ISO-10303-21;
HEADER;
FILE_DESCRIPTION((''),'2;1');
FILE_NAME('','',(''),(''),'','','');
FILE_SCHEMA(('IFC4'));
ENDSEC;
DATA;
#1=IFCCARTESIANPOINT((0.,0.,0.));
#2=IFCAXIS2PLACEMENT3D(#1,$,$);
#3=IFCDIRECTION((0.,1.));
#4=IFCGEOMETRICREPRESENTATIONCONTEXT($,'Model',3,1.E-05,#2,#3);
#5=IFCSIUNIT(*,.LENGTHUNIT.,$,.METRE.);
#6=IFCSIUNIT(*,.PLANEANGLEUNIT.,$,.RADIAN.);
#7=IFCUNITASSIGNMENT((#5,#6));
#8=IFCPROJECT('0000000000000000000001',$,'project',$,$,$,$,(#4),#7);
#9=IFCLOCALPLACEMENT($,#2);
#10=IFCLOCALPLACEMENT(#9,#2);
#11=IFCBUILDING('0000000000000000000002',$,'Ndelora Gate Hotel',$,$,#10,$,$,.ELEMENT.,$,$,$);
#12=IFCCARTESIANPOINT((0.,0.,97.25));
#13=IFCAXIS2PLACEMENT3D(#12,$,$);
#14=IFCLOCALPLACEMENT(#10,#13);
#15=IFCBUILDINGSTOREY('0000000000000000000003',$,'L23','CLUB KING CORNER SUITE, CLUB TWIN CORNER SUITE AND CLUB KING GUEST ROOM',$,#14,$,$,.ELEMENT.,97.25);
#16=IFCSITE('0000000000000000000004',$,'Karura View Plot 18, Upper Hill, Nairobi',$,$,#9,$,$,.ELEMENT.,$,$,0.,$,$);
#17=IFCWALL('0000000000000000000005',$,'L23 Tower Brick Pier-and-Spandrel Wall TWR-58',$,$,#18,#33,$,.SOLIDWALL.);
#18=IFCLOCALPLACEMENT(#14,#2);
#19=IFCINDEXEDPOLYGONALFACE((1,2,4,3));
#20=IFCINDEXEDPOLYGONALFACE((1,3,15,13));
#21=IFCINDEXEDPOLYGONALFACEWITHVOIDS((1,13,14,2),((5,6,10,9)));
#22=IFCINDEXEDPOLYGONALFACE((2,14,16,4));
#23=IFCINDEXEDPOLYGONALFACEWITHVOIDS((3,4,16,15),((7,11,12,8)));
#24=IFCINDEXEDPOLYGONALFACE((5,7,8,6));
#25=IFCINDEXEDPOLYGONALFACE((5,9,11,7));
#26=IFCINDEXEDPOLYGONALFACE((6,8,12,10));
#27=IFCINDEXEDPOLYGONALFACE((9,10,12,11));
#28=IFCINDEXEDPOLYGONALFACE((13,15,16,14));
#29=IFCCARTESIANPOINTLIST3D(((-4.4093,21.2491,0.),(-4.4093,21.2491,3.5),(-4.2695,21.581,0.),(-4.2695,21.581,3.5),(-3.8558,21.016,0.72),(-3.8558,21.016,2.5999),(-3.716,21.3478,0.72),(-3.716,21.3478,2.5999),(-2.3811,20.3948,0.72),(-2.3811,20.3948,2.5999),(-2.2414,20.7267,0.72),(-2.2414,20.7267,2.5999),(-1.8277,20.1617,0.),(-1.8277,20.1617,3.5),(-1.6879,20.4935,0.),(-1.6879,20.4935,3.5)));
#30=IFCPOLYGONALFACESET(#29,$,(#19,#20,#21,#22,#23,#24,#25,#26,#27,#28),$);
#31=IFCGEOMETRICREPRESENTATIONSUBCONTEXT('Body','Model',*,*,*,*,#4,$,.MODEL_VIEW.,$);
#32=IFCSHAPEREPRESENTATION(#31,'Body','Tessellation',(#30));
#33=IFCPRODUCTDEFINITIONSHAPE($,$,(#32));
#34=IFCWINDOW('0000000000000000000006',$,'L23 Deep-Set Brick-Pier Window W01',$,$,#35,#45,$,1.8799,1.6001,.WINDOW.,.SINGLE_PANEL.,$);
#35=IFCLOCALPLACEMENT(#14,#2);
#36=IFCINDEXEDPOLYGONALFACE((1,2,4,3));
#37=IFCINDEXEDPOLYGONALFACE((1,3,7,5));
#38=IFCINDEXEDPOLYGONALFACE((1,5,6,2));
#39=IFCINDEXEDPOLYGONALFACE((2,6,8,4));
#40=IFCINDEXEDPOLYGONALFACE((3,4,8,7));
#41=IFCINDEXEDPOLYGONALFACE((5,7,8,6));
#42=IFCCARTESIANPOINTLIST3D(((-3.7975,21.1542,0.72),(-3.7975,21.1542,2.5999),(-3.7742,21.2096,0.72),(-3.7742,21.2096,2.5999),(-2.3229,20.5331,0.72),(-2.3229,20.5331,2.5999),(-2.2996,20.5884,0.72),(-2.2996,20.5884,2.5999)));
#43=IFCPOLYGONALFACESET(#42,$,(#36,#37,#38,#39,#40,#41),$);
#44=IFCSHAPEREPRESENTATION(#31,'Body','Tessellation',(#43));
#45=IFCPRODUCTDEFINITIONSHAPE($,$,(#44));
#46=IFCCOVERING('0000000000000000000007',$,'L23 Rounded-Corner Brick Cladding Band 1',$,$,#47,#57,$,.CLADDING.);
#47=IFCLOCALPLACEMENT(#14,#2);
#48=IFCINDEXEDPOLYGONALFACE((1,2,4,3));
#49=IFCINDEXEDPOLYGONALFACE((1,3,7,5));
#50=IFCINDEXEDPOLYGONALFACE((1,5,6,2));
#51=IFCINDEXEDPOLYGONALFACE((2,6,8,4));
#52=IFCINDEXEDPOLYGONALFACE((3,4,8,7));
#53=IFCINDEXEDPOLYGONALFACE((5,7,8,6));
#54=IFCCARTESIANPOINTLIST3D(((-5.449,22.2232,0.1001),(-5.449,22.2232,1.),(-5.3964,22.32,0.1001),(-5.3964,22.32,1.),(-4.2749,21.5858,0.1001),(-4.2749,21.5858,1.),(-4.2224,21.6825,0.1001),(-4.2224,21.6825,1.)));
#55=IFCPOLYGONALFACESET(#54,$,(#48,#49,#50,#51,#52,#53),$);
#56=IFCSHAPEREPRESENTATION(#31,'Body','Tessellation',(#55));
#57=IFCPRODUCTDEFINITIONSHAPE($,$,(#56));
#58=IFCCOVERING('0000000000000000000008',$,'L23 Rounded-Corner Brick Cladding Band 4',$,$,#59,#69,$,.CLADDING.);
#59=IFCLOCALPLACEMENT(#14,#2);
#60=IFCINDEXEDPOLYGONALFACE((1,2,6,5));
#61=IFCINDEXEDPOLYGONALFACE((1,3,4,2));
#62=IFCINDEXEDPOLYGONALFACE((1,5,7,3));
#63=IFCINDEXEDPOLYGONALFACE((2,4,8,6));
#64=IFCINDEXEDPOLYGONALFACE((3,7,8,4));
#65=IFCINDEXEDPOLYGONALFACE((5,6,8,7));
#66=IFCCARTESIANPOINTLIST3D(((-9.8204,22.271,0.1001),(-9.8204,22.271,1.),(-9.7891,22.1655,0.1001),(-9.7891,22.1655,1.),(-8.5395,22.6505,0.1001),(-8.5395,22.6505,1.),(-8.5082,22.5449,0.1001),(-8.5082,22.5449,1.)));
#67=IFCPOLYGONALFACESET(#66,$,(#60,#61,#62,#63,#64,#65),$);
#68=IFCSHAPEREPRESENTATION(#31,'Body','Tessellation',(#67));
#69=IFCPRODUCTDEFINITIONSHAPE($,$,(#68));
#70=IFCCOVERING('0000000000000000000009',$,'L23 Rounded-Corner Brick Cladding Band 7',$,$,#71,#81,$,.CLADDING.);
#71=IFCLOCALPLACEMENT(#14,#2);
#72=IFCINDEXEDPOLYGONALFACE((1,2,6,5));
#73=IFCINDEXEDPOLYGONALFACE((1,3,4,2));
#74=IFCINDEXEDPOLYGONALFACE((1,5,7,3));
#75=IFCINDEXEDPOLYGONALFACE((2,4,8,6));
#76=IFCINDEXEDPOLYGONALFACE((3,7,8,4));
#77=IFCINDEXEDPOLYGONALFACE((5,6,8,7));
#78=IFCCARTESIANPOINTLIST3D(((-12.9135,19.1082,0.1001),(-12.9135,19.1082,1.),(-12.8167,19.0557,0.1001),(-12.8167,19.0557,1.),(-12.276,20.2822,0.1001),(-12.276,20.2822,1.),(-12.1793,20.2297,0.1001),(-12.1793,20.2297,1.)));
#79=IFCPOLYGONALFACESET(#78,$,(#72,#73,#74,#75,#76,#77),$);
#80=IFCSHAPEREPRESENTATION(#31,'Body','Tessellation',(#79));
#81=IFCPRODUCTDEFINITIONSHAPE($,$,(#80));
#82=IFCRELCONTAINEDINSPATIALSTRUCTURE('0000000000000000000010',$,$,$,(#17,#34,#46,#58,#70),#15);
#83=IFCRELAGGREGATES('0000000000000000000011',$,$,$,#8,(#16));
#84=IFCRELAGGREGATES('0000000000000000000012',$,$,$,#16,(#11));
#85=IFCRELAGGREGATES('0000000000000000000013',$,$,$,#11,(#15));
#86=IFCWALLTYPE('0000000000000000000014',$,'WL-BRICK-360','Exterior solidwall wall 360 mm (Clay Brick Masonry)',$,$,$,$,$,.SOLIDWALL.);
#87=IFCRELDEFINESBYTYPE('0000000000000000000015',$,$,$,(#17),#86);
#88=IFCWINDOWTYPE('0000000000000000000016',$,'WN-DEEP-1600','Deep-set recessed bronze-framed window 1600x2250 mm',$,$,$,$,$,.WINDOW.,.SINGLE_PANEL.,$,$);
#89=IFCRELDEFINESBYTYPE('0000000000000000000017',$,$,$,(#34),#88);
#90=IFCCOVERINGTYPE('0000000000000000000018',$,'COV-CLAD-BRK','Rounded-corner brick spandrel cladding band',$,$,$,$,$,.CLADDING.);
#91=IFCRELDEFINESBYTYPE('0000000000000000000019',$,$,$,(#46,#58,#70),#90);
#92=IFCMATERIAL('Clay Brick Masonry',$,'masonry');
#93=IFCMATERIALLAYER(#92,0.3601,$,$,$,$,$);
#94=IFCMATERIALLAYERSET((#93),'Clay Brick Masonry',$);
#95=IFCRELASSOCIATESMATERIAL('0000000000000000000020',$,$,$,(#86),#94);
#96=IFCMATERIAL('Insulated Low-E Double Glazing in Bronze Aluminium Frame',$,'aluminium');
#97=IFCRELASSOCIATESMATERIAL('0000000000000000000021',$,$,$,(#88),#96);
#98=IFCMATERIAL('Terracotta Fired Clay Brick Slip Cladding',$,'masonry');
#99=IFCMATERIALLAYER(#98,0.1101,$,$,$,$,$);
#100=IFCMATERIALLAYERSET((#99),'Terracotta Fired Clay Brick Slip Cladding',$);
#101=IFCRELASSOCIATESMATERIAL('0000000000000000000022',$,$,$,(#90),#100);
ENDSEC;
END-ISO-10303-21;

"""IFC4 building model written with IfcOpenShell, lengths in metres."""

from ifc_helpers import new_model, si_unit, direction, frame, frame_2d, origin, origin_2d, place, context, subcontext, project, spatial, rectangle, extrude, material, layer, layer_set, type_object, element, fill, save


model = new_model("IFC4")

# Units and contexts
model_context = context("Model", 3, precision=1e-05, world=origin(), true_north=direction((0.0, 1.0)))
body_context = subcontext(model_context, "Body", "Model", "MODEL_VIEW")
ifc_project = project(units=[si_unit("LENGTHUNIT", "METRE"), si_unit("PLANEANGLEUNIT", "RADIAN")], contexts=[model_context])

# Site, building, storey
site_placement = place(None, origin())
site = spatial("IfcSite", under=ifc_project, at=site_placement, Name="Karura View Plot 18, Upper Hill, Nairobi", CompositionType="ELEMENT", RefElevation=0.0)
building_placement = place(site_placement, origin())
building = spatial("IfcBuilding", under=site, at=building_placement, Name="Ndelora Gate Hotel", CompositionType="ELEMENT")
storey_placement = place(building_placement, frame((0.0, 0.0, 97.25)))
storey = spatial("IfcBuildingStorey", under=building, at=storey_placement, Name="L23", Description="CLUB KING CORNER SUITE, CLUB TWIN CORNER SUITE AND CLUB KING GUEST ROOM", CompositionType="ELEMENT", Elevation=97.25)

# Shared definitions
ifc_material_1 = material(Name="Clay Brick Masonry", Category="masonry")
ifc_layer_1 = layer(ifc_material_1, 0.3601)
ifc_layer_set_1 = layer_set([ifc_layer_1], Name="Clay Brick Masonry")
wall_type = type_object("IfcWallType", Name="WL-BRICK-360", Description="Exterior solidwall wall 360 mm (Clay Brick Masonry)", PredefinedType="SOLIDWALL", material=ifc_layer_set_1)

# Wall, opening, window
wall_1_placement = place(storey_placement, frame((-4.3394, 21.415, 0.0), z_axis=(0.0, 0.0, 1.0), x_axis=(0.92158, -0.388189, 0.0)))
wall_1 = element("IfcWall", 1, at=wall_1_placement, inside=storey, type_object=wall_type, Name="L23 Tower Brick Pier-and-Spandrel Wall TWR-58", PredefinedType="SOLIDWALL", context=body_context, shape_type="SweptSolid", body=[
    extrude(rectangle(XDim=2.8013, YDim=0.3601, at=frame_2d((1.4006, 0.0))), origin(), (0.0, 0.0, 1.0), 3.5),
])
opening_placement = place(wall_1_placement, frame((0.6006, 0.0, 0.72)))
opening = element("IfcOpeningElement", 2, at=opening_placement, cuts=wall_1, PredefinedType="OPENING", context=body_context, shape_type="SweptSolid", body=[
    extrude(rectangle(XDim=1.6001, YDim=1.8799, at=frame_2d((0.8, 0.9399))), frame((0.0, 0.1899, 0.0), z_axis=(0.0, -1.0, 0.0), x_axis=(1.0, 0.0, 0.0)), (0.0, 0.0, 1.0), 0.3801),
])
ifc_material_2 = material(Name="Insulated Low-E Double Glazing in Bronze Aluminium Frame", Category="aluminium")
window_type = type_object("IfcWindowType", Name="WN-DEEP-1600", Description="Deep-set recessed bronze-framed window 1600x2250 mm", PartitioningType="SINGLE_PANEL", PredefinedType="WINDOW", material=ifc_material_2)
window_placement = place(opening_placement, origin())
window = element("IfcWindow", 3, at=window_placement, inside=storey, type_object=window_type, Name="L23 Deep-Set Brick-Pier Window W01", OverallHeight=1.8799, OverallWidth=1.6001, PartitioningType="SINGLE_PANEL", PredefinedType="WINDOW", context=body_context, shape_type="SweptSolid", body=[
    extrude(rectangle(XDim=1.6001, YDim=1.8799, at=frame_2d((0.8, 0.9399))), frame((0.0, 0.03, 0.0), z_axis=(0.0, -1.0, 0.0), x_axis=(1.0, 0.0, 0.0)), (0.0, 0.0, 1.0), 0.0601),
])
fill(opening, window)

# Coverings
ifc_material_3 = material(Name="Terracotta Fired Clay Brick Slip Cladding", Category="masonry")
ifc_layer_2 = layer(ifc_material_3, 0.1101)
ifc_layer_set_2 = layer_set([ifc_layer_2], Name="Terracotta Fired Clay Brick Slip Cladding")
covering_type = type_object("IfcCoveringType", Name="COV-CLAD-BRK", Description="Rounded-corner brick spandrel cladding band", PredefinedType="CLADDING", material=ifc_layer_set_2)
for number, where, z_axis, x_axis, name in (
    (4, (-4.8357, 21.9529, 0.1001), (0.0, 0.0, 1.0), (-0.878817, 0.477159, 0.0), "L23 Rounded-Corner Brick Cladding Band 1"),
    (5, (-9.1643, 22.408, 0.1001), (0.0, 0.0, 1.0), (0.95882, 0.284015, 0.0), "L23 Rounded-Corner Brick Cladding Band 4"),
    (6, (-12.5464, 19.6689, 0.1001), (0.0, 0.0, 1.0), (0.477159, 0.878817, 0.0), "L23 Rounded-Corner Brick Cladding Band 7"),
):
    element("IfcCovering", number, at=place(storey_placement, frame(where, z_axis=z_axis, x_axis=x_axis)), inside=storey, type_object=covering_type, Name=name, PredefinedType="CLADDING", context=body_context, shape_type="SweptSolid", body=[
        extrude(rectangle(XDim=1.3359, YDim=0.1101, at=origin_2d()), origin(), (0.0, 0.0, 1.0), 0.8999),
    ])

save(model, "model.ifc")
